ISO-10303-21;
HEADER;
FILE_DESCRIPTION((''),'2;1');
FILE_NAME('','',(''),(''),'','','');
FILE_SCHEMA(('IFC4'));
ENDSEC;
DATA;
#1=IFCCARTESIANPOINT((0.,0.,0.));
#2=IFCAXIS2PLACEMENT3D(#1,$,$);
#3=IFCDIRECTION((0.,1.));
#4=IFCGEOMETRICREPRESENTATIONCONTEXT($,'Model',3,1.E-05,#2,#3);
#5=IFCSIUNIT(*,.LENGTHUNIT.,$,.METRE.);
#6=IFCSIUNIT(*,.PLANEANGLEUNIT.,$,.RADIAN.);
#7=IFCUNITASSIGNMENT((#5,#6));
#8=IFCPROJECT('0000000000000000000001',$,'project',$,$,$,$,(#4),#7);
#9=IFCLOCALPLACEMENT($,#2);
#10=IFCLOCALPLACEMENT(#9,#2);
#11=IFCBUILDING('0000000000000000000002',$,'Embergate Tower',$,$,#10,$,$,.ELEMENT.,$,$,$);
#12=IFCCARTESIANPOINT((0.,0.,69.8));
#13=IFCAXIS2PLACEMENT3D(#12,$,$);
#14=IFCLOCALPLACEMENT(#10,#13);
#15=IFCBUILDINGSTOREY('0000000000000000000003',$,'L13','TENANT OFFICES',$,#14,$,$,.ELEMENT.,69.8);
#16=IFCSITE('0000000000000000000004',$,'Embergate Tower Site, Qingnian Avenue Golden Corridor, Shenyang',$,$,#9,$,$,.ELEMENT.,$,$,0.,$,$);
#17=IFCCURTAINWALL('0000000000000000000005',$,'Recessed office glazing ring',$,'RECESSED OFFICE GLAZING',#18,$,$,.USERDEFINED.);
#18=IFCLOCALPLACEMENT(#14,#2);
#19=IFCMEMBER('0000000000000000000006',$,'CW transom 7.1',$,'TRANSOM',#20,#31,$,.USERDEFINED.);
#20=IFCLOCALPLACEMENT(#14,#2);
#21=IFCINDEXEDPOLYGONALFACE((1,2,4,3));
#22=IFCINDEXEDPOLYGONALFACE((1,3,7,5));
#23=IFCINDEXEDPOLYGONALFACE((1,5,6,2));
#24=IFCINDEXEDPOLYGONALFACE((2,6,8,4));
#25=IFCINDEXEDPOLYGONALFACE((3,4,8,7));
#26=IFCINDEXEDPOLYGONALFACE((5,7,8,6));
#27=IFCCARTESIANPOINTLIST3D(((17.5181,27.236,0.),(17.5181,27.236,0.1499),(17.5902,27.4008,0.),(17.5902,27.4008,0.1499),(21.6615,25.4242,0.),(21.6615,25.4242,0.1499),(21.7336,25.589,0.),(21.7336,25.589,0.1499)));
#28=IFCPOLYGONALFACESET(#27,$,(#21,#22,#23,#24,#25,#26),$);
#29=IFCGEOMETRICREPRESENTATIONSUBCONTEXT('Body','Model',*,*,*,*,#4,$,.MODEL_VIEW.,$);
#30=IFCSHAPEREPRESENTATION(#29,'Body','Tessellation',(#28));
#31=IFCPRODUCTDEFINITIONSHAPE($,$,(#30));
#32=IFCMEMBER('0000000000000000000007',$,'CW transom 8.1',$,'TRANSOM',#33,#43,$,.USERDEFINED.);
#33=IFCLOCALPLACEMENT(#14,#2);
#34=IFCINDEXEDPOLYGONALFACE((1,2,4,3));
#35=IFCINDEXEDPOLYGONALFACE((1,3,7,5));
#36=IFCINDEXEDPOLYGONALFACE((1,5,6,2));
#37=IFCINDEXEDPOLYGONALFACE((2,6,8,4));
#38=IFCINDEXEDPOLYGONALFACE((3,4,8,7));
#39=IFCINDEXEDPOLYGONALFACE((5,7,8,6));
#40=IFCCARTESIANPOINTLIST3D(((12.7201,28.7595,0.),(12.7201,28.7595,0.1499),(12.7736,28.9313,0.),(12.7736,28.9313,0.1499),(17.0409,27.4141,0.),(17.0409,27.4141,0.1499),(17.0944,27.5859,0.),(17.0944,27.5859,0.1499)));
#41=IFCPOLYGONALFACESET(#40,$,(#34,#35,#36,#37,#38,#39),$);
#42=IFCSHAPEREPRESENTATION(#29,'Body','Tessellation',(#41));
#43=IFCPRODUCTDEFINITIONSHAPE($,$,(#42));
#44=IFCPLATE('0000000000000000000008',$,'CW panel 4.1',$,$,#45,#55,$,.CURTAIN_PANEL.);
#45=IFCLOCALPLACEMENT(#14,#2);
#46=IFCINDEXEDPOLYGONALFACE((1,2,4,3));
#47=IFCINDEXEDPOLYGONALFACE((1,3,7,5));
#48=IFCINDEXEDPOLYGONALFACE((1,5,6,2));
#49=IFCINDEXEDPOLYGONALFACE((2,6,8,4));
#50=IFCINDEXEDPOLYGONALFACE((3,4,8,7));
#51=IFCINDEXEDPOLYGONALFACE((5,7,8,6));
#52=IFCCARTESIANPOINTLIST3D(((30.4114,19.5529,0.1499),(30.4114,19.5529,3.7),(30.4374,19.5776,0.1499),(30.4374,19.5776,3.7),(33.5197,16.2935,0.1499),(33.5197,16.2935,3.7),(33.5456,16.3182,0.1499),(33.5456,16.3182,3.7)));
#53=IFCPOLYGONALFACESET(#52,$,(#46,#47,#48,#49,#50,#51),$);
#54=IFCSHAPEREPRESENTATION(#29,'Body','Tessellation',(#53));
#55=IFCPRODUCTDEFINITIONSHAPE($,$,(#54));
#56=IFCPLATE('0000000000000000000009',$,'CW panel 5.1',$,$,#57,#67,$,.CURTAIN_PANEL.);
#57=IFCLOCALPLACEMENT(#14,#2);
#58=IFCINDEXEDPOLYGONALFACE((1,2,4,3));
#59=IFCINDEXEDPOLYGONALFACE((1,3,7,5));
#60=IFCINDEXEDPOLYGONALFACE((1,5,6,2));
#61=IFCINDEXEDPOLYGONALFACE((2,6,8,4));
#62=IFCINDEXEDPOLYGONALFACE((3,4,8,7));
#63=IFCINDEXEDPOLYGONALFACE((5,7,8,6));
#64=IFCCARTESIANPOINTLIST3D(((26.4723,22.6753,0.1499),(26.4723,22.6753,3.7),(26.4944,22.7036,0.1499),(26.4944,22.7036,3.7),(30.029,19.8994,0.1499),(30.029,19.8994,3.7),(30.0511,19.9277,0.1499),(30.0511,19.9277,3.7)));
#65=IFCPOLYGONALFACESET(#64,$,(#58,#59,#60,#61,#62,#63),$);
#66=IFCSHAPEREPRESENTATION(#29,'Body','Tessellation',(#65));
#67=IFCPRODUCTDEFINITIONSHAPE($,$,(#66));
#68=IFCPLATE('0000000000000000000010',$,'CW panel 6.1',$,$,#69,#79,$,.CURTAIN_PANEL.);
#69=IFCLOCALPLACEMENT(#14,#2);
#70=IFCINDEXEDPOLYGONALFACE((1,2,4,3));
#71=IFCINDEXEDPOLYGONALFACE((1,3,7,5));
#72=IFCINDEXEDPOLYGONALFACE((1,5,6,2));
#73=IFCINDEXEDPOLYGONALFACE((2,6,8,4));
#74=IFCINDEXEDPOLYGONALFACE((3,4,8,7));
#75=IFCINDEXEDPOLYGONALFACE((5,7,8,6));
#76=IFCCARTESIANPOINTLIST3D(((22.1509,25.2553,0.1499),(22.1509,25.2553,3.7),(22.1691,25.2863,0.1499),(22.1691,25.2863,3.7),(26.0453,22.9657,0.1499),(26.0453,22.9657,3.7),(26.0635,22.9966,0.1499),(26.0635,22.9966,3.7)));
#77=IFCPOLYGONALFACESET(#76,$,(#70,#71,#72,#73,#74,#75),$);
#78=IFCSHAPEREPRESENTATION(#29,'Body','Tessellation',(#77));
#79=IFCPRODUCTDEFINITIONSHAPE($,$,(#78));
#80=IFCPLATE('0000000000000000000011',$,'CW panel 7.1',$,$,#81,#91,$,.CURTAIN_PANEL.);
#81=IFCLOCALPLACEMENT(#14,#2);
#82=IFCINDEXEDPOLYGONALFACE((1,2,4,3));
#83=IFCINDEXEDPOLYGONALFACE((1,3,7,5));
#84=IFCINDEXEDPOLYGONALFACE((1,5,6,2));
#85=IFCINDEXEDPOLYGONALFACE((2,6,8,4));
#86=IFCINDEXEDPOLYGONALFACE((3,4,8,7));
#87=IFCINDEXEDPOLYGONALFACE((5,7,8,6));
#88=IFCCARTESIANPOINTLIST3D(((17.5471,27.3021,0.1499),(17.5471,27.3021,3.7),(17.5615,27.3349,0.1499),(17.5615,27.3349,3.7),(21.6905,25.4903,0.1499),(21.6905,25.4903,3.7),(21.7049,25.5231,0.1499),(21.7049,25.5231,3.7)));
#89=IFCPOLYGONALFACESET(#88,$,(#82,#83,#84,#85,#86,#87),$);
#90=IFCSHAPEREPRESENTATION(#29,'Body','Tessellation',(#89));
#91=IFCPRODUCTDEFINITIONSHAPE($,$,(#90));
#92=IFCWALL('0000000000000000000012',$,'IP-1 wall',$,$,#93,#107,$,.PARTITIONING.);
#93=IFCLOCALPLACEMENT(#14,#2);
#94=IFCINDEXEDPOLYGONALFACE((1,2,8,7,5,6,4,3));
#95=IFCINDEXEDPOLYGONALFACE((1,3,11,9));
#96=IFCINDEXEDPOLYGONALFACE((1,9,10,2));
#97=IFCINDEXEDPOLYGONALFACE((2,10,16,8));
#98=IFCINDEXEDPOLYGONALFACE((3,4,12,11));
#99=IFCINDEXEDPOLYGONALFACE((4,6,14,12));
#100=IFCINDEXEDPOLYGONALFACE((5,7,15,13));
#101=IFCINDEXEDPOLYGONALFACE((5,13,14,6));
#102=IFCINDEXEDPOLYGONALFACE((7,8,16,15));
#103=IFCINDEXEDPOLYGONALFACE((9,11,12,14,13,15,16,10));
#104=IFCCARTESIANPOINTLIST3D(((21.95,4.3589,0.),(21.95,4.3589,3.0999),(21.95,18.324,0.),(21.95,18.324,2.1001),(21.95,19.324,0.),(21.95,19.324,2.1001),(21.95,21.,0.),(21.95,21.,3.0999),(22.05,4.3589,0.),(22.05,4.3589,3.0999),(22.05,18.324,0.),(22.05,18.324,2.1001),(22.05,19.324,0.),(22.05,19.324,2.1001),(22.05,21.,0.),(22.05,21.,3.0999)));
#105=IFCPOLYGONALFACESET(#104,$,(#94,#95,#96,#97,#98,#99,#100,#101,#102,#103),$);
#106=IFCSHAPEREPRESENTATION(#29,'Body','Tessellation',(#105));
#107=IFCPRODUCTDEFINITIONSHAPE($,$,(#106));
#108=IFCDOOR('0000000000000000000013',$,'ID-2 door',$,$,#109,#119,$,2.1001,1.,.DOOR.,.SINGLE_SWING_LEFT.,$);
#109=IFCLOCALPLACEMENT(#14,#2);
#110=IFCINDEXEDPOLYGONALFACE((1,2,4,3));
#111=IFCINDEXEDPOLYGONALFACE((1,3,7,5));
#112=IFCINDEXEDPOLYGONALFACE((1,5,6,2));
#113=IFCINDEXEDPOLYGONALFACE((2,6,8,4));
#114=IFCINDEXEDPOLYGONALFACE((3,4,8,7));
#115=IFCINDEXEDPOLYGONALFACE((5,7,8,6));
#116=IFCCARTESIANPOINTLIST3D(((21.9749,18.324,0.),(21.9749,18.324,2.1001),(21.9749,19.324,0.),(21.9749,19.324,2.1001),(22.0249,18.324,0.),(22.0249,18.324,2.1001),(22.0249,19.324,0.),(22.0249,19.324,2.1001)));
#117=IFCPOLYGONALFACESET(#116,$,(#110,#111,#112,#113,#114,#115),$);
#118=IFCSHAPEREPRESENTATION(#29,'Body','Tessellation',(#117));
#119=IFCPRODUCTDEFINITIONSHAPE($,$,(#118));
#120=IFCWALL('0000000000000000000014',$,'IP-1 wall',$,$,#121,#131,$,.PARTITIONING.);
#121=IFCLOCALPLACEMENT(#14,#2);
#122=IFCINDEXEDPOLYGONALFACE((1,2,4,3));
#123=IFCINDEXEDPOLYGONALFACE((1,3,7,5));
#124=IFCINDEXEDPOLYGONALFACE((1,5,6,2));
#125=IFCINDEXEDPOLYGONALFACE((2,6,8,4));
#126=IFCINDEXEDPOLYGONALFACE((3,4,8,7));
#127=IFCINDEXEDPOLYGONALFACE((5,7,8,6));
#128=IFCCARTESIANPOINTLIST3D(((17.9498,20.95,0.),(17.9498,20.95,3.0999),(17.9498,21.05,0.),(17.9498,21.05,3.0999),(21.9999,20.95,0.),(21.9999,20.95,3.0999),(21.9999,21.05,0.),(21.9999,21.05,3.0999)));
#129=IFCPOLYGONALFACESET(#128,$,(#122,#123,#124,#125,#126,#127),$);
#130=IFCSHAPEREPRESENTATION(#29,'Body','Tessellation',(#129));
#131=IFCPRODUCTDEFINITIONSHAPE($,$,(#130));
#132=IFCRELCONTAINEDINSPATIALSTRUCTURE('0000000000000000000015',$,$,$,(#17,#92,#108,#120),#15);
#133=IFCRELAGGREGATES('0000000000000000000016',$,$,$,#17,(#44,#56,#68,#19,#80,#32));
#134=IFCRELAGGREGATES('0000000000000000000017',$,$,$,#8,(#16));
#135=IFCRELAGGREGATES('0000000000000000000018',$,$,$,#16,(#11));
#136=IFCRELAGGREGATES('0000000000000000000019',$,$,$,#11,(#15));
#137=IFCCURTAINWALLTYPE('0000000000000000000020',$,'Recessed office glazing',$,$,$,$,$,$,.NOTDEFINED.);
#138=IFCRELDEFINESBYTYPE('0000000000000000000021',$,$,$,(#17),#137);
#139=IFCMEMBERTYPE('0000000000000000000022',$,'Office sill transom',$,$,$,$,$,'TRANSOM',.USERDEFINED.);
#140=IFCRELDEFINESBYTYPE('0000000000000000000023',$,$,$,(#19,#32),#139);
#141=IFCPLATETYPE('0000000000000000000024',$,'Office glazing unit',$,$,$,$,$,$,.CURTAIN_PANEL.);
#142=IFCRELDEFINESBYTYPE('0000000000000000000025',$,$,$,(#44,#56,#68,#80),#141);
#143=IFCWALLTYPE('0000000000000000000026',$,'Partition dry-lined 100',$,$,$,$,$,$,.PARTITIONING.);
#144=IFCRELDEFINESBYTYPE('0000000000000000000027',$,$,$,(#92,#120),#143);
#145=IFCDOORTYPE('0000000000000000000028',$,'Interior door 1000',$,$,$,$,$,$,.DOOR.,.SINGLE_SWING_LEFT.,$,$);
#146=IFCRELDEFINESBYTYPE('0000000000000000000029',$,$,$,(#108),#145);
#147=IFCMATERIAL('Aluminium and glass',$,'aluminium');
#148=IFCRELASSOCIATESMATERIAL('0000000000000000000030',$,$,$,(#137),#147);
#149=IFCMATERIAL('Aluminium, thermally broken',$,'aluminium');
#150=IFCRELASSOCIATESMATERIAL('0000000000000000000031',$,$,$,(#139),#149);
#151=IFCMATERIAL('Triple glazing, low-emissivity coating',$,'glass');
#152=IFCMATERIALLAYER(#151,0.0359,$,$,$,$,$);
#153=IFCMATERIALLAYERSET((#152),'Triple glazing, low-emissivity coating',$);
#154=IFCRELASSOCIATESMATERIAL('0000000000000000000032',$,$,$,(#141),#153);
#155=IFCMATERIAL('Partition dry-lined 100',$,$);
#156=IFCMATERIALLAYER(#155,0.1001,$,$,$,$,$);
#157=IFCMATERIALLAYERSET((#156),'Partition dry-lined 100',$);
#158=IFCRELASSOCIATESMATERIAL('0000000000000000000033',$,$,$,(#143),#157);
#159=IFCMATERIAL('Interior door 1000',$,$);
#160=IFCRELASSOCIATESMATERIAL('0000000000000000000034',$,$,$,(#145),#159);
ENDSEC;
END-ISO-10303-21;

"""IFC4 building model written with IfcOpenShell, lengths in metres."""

from ifc_helpers import new_model, si_unit, direction, frame, frame_2d, origin, origin_2d, place, context, subcontext, project, spatial, rectangle, extrude, source, transform, mapped, material, layer, layer_set, material_profile, profile_set, type_object, element, fill, aggregate, save


model = new_model("IFC4")

# Units and contexts
model_context = context("Model", 3, precision=1e-05, world=origin(), true_north=direction((0.0, 1.0)))
body_context = subcontext(model_context, "Body", "Model", "MODEL_VIEW")
ifc_project = project(units=[si_unit("LENGTHUNIT", "METRE"), si_unit("PLANEANGLEUNIT", "RADIAN")], contexts=[model_context])

# Site, building, storey
site_placement = place(None, origin())
site = spatial("IfcSite", under=ifc_project, at=site_placement, Name="Embergate Tower Site, Qingnian Avenue Golden Corridor, Shenyang", CompositionType="ELEMENT", RefElevation=0.0)
building_placement = place(site_placement, origin())
building = spatial("IfcBuilding", under=site, at=building_placement, Name="Embergate Tower", CompositionType="ELEMENT")
storey_placement = place(building_placement, frame((0.0, 0.0, 69.8)))
storey = spatial("IfcBuildingStorey", under=building, at=storey_placement, Name="L13", Description="TENANT OFFICES", CompositionType="ELEMENT", Elevation=69.8)

# Curtain wall, members, plates
ifc_material_1 = material(Name="Aluminium and glass", Category="aluminium")
curtain_wall_type = type_object("IfcCurtainWallType", Name="Recessed office glazing", PredefinedType="NOTDEFINED", material=ifc_material_1)
curtain_wall_placement = place(storey_placement, origin())
curtain_wall = element("IfcCurtainWall", 1, at=curtain_wall_placement, inside=storey, type_object=curtain_wall_type, Name="Recessed office glazing ring", ObjectType="RECESSED OFFICE GLAZING", PredefinedType="USERDEFINED")
ifc_material_2 = material(Name="Aluminium, thermally broken", Category="aluminium")
ifc_material_profile_1 = material_profile(ifc_material_2, rectangle(XDim=0.1799, YDim=0.1499, at=origin_2d()), Name="AL 150x180")
ifc_profile_set_1 = profile_set([ifc_material_profile_1], Name="Aluminium, thermally broken")
member_type_1 = type_object("IfcMemberType", Name="Office sill transom", ElementType="TRANSOM", PredefinedType="USERDEFINED", material=ifc_profile_set_1)
shared_shape_1 = source(origin(), body_context, "Body", "SweptSolid", [
    extrude(rectangle(XDim=0.1799, YDim=0.1499, at=origin_2d()), origin(), (0.0, 0.0, 1.0), 4.5222),
])
member_1_placement = place(storey_placement, frame((21.6975, 25.5066, 0.075), z_axis=(-0.916233, 0.400646, 0.0), x_axis=(-0.400646, -0.916233, 0.0)))
member_1 = element("IfcMember", 2, at=member_1_placement, type_object=member_type_1, Name="CW transom 7.1", ObjectType="TRANSOM", PredefinedType="USERDEFINED", context=body_context, shape_type="MappedRepresentation", body=[
    mapped(shared_shape_1, transform((0.0, 0.0, 0.0))),
])
shared_shape_2 = source(origin(), body_context, "Body", "SweptSolid", [
    extrude(rectangle(XDim=0.1799, YDim=0.1499, at=origin_2d()), origin(), (0.0, 0.0, 1.0), 4.5254),
])
member_2_placement = place(storey_placement, frame((17.0676, 27.5, 0.075), z_axis=(-0.954781, 0.29731, 0.0), x_axis=(-0.29731, -0.954781, 0.0)))
member_2 = element("IfcMember", 3, at=member_2_placement, type_object=member_type_1, Name="CW transom 8.1", ObjectType="TRANSOM", PredefinedType="USERDEFINED", context=body_context, shape_type="MappedRepresentation", body=[
    mapped(shared_shape_2, transform((0.0, 0.0, 0.0))),
])
ifc_material_3 = material(Name="Triple glazing, low-emissivity coating", Category="glass")
ifc_layer_1 = layer(ifc_material_3, 0.0359)
ifc_layer_set_1 = layer_set([ifc_layer_1], Name="Triple glazing, low-emissivity coating")
plate_type = type_object("IfcPlateType", Name="Office glazing unit", PredefinedType="CURTAIN_PANEL", material=ifc_layer_set_1)
shared_shape_3 = source(origin(), body_context, "Body", "SweptSolid", [
    extrude(rectangle(XDim=4.5039, YDim=0.0359, at=origin_2d()), origin(), (0.0, 0.0, 1.0), 3.55),
])
plate_1_placement = place(storey_placement, frame((31.9785, 17.9355, 0.1499), z_axis=(0.0, 0.0, 1.0), x_axis=(-0.69013, 0.723685, 0.0)))
plate_1 = element("IfcPlate", 4, at=plate_1_placement, type_object=plate_type, Name="CW panel 4.1", PredefinedType="CURTAIN_PANEL", context=body_context, shape_type="MappedRepresentation", body=[
    mapped(shared_shape_3, transform((0.0, 0.0, 0.0))),
])
shared_shape_4 = source(origin(), body_context, "Body", "SweptSolid", [
    extrude(rectangle(XDim=4.5117, YDim=0.0359, at=origin_2d()), origin(), (0.0, 0.0, 1.0), 3.55),
])
plate_2_placement = place(storey_placement, frame((28.2617, 21.3015, 0.1499), z_axis=(0.0, 0.0, 1.0), x_axis=(-0.788317, 0.615269, 0.0)))
plate_2 = element("IfcPlate", 5, at=plate_2_placement, type_object=plate_type, Name="CW panel 5.1", PredefinedType="CURTAIN_PANEL", context=body_context, shape_type="MappedRepresentation", body=[
    mapped(shared_shape_4, transform((0.0, 0.0, 0.0))),
])
shared_shape_5 = source(origin(), body_context, "Body", "SweptSolid", [
    extrude(rectangle(XDim=4.5176, YDim=0.0359, at=origin_2d()), origin(), (0.0, 0.0, 1.0), 3.55),
])
plate_3_placement = place(storey_placement, frame((24.1072, 24.126, 0.1499), z_axis=(0.0, 0.0, 1.0), x_axis=(-0.862051, 0.506822, 0.0)))
plate_3 = element("IfcPlate", 6, at=plate_3_placement, type_object=plate_type, Name="CW panel 6.1", PredefinedType="CURTAIN_PANEL", context=body_context, shape_type="MappedRepresentation", body=[
    mapped(shared_shape_5, transform((0.0, 0.0, 0.0))),
])
shared_shape_6 = source(origin(), body_context, "Body", "SweptSolid", [
    extrude(rectangle(XDim=4.5222, YDim=0.0359, at=origin_2d()), origin(), (0.0, 0.0, 1.0), 3.55),
])
plate_4_placement = place(storey_placement, frame((19.626, 26.4126, 0.1499), z_axis=(0.0, 0.0, 1.0), x_axis=(-0.916234, 0.400643, 0.0)))
plate_4 = element("IfcPlate", 7, at=plate_4_placement, type_object=plate_type, Name="CW panel 7.1", PredefinedType="CURTAIN_PANEL", context=body_context, shape_type="MappedRepresentation", body=[
    mapped(shared_shape_6, transform((0.0, 0.0, 0.0))),
])
aggregate(curtain_wall, [plate_1, plate_2, plate_3, member_1, plate_4, member_2])

# Wall, opening, door
ifc_material_4 = material(Name="Partition dry-lined 100")
ifc_layer_2 = layer(ifc_material_4, 0.1001)
ifc_layer_set_2 = layer_set([ifc_layer_2], Name="Partition dry-lined 100")
wall_type = type_object("IfcWallType", Name="Partition dry-lined 100", PredefinedType="PARTITIONING", material=ifc_layer_set_2)
shared_shape_7 = source(origin(), body_context, "Body", "SweptSolid", [
    extrude(rectangle(XDim=16.6411, YDim=0.1001, at=frame_2d((8.3206, 0.0))), origin(), (0.0, 0.0, 1.0), 3.0999),
])
wall_1_placement = place(storey_placement, frame((22.0, 21.0, 0.0), z_axis=(0.0, 0.0, 1.0), x_axis=(0.0, -1.0, 0.0)))
wall_1 = element("IfcWall", 8, at=wall_1_placement, inside=storey, type_object=wall_type, Name="IP-1 wall", PredefinedType="PARTITIONING", context=body_context, shape_type="MappedRepresentation", body=[
    mapped(shared_shape_7, transform((0.0, 0.0, 0.0))),
])
shared_shape_8 = source(origin(), body_context, "Body", "SweptSolid", [
    extrude(rectangle(XDim=1.0, YDim=2.1001, at=frame_2d((0.5, 1.05))), frame((0.0, 0.0601, 0.0), z_axis=(0.0, -1.0, 0.0), x_axis=(1.0, 0.0, 0.0)), (0.0, 0.0, 1.0), 0.1201),
])
opening_placement = place(wall_1_placement, frame((1.676, 0.0, 0.0)))
opening = element("IfcOpeningElement", 9, at=opening_placement, cuts=wall_1, PredefinedType="OPENING", context=body_context, shape_type="MappedRepresentation", body=[
    mapped(shared_shape_8, transform((0.0, 0.0, 0.0))),
])
ifc_material_5 = material(Name="Interior door 1000")
door_type = type_object("IfcDoorType", Name="Interior door 1000", OperationType="SINGLE_SWING_LEFT", PredefinedType="DOOR", material=ifc_material_5)
shared_shape_9 = source(origin(), body_context, "Body", "SweptSolid", [
    extrude(rectangle(XDim=1.0, YDim=2.1001, at=frame_2d((0.5, 1.05))), frame((0.0, 0.0249, 0.0), z_axis=(0.0, -1.0, 0.0), x_axis=(1.0, 0.0, 0.0)), (0.0, 0.0, 1.0), 0.05),
])
door_placement = place(opening_placement, origin())
door = element("IfcDoor", 10, at=door_placement, inside=storey, type_object=door_type, Name="ID-2 door", OperationType="SINGLE_SWING_LEFT", OverallHeight=2.1001, OverallWidth=1.0, PredefinedType="DOOR", context=body_context, shape_type="MappedRepresentation", body=[
    mapped(shared_shape_9, transform((0.0, 0.0, 0.0))),
])
fill(opening, door)

# Wall
shared_shape_10 = source(origin(), body_context, "Body", "SweptSolid", [
    extrude(rectangle(XDim=4.05, YDim=0.1001, at=frame_2d((2.0249, 0.0))), origin(), (0.0, 0.0, 1.0), 3.0999),
])
wall_2_placement = place(storey_placement, frame((17.95, 21.0, 0.0), z_axis=(0.0, 0.0, 1.0), x_axis=(1.0, 0.0, 0.0)))
element("IfcWall", 11, at=wall_2_placement, inside=storey, type_object=wall_type, Name="IP-1 wall", PredefinedType="PARTITIONING", context=body_context, shape_type="MappedRepresentation", body=[
    mapped(shared_shape_10, transform((0.0, 0.0, 0.0))),
])

save(model, "model.ifc")
